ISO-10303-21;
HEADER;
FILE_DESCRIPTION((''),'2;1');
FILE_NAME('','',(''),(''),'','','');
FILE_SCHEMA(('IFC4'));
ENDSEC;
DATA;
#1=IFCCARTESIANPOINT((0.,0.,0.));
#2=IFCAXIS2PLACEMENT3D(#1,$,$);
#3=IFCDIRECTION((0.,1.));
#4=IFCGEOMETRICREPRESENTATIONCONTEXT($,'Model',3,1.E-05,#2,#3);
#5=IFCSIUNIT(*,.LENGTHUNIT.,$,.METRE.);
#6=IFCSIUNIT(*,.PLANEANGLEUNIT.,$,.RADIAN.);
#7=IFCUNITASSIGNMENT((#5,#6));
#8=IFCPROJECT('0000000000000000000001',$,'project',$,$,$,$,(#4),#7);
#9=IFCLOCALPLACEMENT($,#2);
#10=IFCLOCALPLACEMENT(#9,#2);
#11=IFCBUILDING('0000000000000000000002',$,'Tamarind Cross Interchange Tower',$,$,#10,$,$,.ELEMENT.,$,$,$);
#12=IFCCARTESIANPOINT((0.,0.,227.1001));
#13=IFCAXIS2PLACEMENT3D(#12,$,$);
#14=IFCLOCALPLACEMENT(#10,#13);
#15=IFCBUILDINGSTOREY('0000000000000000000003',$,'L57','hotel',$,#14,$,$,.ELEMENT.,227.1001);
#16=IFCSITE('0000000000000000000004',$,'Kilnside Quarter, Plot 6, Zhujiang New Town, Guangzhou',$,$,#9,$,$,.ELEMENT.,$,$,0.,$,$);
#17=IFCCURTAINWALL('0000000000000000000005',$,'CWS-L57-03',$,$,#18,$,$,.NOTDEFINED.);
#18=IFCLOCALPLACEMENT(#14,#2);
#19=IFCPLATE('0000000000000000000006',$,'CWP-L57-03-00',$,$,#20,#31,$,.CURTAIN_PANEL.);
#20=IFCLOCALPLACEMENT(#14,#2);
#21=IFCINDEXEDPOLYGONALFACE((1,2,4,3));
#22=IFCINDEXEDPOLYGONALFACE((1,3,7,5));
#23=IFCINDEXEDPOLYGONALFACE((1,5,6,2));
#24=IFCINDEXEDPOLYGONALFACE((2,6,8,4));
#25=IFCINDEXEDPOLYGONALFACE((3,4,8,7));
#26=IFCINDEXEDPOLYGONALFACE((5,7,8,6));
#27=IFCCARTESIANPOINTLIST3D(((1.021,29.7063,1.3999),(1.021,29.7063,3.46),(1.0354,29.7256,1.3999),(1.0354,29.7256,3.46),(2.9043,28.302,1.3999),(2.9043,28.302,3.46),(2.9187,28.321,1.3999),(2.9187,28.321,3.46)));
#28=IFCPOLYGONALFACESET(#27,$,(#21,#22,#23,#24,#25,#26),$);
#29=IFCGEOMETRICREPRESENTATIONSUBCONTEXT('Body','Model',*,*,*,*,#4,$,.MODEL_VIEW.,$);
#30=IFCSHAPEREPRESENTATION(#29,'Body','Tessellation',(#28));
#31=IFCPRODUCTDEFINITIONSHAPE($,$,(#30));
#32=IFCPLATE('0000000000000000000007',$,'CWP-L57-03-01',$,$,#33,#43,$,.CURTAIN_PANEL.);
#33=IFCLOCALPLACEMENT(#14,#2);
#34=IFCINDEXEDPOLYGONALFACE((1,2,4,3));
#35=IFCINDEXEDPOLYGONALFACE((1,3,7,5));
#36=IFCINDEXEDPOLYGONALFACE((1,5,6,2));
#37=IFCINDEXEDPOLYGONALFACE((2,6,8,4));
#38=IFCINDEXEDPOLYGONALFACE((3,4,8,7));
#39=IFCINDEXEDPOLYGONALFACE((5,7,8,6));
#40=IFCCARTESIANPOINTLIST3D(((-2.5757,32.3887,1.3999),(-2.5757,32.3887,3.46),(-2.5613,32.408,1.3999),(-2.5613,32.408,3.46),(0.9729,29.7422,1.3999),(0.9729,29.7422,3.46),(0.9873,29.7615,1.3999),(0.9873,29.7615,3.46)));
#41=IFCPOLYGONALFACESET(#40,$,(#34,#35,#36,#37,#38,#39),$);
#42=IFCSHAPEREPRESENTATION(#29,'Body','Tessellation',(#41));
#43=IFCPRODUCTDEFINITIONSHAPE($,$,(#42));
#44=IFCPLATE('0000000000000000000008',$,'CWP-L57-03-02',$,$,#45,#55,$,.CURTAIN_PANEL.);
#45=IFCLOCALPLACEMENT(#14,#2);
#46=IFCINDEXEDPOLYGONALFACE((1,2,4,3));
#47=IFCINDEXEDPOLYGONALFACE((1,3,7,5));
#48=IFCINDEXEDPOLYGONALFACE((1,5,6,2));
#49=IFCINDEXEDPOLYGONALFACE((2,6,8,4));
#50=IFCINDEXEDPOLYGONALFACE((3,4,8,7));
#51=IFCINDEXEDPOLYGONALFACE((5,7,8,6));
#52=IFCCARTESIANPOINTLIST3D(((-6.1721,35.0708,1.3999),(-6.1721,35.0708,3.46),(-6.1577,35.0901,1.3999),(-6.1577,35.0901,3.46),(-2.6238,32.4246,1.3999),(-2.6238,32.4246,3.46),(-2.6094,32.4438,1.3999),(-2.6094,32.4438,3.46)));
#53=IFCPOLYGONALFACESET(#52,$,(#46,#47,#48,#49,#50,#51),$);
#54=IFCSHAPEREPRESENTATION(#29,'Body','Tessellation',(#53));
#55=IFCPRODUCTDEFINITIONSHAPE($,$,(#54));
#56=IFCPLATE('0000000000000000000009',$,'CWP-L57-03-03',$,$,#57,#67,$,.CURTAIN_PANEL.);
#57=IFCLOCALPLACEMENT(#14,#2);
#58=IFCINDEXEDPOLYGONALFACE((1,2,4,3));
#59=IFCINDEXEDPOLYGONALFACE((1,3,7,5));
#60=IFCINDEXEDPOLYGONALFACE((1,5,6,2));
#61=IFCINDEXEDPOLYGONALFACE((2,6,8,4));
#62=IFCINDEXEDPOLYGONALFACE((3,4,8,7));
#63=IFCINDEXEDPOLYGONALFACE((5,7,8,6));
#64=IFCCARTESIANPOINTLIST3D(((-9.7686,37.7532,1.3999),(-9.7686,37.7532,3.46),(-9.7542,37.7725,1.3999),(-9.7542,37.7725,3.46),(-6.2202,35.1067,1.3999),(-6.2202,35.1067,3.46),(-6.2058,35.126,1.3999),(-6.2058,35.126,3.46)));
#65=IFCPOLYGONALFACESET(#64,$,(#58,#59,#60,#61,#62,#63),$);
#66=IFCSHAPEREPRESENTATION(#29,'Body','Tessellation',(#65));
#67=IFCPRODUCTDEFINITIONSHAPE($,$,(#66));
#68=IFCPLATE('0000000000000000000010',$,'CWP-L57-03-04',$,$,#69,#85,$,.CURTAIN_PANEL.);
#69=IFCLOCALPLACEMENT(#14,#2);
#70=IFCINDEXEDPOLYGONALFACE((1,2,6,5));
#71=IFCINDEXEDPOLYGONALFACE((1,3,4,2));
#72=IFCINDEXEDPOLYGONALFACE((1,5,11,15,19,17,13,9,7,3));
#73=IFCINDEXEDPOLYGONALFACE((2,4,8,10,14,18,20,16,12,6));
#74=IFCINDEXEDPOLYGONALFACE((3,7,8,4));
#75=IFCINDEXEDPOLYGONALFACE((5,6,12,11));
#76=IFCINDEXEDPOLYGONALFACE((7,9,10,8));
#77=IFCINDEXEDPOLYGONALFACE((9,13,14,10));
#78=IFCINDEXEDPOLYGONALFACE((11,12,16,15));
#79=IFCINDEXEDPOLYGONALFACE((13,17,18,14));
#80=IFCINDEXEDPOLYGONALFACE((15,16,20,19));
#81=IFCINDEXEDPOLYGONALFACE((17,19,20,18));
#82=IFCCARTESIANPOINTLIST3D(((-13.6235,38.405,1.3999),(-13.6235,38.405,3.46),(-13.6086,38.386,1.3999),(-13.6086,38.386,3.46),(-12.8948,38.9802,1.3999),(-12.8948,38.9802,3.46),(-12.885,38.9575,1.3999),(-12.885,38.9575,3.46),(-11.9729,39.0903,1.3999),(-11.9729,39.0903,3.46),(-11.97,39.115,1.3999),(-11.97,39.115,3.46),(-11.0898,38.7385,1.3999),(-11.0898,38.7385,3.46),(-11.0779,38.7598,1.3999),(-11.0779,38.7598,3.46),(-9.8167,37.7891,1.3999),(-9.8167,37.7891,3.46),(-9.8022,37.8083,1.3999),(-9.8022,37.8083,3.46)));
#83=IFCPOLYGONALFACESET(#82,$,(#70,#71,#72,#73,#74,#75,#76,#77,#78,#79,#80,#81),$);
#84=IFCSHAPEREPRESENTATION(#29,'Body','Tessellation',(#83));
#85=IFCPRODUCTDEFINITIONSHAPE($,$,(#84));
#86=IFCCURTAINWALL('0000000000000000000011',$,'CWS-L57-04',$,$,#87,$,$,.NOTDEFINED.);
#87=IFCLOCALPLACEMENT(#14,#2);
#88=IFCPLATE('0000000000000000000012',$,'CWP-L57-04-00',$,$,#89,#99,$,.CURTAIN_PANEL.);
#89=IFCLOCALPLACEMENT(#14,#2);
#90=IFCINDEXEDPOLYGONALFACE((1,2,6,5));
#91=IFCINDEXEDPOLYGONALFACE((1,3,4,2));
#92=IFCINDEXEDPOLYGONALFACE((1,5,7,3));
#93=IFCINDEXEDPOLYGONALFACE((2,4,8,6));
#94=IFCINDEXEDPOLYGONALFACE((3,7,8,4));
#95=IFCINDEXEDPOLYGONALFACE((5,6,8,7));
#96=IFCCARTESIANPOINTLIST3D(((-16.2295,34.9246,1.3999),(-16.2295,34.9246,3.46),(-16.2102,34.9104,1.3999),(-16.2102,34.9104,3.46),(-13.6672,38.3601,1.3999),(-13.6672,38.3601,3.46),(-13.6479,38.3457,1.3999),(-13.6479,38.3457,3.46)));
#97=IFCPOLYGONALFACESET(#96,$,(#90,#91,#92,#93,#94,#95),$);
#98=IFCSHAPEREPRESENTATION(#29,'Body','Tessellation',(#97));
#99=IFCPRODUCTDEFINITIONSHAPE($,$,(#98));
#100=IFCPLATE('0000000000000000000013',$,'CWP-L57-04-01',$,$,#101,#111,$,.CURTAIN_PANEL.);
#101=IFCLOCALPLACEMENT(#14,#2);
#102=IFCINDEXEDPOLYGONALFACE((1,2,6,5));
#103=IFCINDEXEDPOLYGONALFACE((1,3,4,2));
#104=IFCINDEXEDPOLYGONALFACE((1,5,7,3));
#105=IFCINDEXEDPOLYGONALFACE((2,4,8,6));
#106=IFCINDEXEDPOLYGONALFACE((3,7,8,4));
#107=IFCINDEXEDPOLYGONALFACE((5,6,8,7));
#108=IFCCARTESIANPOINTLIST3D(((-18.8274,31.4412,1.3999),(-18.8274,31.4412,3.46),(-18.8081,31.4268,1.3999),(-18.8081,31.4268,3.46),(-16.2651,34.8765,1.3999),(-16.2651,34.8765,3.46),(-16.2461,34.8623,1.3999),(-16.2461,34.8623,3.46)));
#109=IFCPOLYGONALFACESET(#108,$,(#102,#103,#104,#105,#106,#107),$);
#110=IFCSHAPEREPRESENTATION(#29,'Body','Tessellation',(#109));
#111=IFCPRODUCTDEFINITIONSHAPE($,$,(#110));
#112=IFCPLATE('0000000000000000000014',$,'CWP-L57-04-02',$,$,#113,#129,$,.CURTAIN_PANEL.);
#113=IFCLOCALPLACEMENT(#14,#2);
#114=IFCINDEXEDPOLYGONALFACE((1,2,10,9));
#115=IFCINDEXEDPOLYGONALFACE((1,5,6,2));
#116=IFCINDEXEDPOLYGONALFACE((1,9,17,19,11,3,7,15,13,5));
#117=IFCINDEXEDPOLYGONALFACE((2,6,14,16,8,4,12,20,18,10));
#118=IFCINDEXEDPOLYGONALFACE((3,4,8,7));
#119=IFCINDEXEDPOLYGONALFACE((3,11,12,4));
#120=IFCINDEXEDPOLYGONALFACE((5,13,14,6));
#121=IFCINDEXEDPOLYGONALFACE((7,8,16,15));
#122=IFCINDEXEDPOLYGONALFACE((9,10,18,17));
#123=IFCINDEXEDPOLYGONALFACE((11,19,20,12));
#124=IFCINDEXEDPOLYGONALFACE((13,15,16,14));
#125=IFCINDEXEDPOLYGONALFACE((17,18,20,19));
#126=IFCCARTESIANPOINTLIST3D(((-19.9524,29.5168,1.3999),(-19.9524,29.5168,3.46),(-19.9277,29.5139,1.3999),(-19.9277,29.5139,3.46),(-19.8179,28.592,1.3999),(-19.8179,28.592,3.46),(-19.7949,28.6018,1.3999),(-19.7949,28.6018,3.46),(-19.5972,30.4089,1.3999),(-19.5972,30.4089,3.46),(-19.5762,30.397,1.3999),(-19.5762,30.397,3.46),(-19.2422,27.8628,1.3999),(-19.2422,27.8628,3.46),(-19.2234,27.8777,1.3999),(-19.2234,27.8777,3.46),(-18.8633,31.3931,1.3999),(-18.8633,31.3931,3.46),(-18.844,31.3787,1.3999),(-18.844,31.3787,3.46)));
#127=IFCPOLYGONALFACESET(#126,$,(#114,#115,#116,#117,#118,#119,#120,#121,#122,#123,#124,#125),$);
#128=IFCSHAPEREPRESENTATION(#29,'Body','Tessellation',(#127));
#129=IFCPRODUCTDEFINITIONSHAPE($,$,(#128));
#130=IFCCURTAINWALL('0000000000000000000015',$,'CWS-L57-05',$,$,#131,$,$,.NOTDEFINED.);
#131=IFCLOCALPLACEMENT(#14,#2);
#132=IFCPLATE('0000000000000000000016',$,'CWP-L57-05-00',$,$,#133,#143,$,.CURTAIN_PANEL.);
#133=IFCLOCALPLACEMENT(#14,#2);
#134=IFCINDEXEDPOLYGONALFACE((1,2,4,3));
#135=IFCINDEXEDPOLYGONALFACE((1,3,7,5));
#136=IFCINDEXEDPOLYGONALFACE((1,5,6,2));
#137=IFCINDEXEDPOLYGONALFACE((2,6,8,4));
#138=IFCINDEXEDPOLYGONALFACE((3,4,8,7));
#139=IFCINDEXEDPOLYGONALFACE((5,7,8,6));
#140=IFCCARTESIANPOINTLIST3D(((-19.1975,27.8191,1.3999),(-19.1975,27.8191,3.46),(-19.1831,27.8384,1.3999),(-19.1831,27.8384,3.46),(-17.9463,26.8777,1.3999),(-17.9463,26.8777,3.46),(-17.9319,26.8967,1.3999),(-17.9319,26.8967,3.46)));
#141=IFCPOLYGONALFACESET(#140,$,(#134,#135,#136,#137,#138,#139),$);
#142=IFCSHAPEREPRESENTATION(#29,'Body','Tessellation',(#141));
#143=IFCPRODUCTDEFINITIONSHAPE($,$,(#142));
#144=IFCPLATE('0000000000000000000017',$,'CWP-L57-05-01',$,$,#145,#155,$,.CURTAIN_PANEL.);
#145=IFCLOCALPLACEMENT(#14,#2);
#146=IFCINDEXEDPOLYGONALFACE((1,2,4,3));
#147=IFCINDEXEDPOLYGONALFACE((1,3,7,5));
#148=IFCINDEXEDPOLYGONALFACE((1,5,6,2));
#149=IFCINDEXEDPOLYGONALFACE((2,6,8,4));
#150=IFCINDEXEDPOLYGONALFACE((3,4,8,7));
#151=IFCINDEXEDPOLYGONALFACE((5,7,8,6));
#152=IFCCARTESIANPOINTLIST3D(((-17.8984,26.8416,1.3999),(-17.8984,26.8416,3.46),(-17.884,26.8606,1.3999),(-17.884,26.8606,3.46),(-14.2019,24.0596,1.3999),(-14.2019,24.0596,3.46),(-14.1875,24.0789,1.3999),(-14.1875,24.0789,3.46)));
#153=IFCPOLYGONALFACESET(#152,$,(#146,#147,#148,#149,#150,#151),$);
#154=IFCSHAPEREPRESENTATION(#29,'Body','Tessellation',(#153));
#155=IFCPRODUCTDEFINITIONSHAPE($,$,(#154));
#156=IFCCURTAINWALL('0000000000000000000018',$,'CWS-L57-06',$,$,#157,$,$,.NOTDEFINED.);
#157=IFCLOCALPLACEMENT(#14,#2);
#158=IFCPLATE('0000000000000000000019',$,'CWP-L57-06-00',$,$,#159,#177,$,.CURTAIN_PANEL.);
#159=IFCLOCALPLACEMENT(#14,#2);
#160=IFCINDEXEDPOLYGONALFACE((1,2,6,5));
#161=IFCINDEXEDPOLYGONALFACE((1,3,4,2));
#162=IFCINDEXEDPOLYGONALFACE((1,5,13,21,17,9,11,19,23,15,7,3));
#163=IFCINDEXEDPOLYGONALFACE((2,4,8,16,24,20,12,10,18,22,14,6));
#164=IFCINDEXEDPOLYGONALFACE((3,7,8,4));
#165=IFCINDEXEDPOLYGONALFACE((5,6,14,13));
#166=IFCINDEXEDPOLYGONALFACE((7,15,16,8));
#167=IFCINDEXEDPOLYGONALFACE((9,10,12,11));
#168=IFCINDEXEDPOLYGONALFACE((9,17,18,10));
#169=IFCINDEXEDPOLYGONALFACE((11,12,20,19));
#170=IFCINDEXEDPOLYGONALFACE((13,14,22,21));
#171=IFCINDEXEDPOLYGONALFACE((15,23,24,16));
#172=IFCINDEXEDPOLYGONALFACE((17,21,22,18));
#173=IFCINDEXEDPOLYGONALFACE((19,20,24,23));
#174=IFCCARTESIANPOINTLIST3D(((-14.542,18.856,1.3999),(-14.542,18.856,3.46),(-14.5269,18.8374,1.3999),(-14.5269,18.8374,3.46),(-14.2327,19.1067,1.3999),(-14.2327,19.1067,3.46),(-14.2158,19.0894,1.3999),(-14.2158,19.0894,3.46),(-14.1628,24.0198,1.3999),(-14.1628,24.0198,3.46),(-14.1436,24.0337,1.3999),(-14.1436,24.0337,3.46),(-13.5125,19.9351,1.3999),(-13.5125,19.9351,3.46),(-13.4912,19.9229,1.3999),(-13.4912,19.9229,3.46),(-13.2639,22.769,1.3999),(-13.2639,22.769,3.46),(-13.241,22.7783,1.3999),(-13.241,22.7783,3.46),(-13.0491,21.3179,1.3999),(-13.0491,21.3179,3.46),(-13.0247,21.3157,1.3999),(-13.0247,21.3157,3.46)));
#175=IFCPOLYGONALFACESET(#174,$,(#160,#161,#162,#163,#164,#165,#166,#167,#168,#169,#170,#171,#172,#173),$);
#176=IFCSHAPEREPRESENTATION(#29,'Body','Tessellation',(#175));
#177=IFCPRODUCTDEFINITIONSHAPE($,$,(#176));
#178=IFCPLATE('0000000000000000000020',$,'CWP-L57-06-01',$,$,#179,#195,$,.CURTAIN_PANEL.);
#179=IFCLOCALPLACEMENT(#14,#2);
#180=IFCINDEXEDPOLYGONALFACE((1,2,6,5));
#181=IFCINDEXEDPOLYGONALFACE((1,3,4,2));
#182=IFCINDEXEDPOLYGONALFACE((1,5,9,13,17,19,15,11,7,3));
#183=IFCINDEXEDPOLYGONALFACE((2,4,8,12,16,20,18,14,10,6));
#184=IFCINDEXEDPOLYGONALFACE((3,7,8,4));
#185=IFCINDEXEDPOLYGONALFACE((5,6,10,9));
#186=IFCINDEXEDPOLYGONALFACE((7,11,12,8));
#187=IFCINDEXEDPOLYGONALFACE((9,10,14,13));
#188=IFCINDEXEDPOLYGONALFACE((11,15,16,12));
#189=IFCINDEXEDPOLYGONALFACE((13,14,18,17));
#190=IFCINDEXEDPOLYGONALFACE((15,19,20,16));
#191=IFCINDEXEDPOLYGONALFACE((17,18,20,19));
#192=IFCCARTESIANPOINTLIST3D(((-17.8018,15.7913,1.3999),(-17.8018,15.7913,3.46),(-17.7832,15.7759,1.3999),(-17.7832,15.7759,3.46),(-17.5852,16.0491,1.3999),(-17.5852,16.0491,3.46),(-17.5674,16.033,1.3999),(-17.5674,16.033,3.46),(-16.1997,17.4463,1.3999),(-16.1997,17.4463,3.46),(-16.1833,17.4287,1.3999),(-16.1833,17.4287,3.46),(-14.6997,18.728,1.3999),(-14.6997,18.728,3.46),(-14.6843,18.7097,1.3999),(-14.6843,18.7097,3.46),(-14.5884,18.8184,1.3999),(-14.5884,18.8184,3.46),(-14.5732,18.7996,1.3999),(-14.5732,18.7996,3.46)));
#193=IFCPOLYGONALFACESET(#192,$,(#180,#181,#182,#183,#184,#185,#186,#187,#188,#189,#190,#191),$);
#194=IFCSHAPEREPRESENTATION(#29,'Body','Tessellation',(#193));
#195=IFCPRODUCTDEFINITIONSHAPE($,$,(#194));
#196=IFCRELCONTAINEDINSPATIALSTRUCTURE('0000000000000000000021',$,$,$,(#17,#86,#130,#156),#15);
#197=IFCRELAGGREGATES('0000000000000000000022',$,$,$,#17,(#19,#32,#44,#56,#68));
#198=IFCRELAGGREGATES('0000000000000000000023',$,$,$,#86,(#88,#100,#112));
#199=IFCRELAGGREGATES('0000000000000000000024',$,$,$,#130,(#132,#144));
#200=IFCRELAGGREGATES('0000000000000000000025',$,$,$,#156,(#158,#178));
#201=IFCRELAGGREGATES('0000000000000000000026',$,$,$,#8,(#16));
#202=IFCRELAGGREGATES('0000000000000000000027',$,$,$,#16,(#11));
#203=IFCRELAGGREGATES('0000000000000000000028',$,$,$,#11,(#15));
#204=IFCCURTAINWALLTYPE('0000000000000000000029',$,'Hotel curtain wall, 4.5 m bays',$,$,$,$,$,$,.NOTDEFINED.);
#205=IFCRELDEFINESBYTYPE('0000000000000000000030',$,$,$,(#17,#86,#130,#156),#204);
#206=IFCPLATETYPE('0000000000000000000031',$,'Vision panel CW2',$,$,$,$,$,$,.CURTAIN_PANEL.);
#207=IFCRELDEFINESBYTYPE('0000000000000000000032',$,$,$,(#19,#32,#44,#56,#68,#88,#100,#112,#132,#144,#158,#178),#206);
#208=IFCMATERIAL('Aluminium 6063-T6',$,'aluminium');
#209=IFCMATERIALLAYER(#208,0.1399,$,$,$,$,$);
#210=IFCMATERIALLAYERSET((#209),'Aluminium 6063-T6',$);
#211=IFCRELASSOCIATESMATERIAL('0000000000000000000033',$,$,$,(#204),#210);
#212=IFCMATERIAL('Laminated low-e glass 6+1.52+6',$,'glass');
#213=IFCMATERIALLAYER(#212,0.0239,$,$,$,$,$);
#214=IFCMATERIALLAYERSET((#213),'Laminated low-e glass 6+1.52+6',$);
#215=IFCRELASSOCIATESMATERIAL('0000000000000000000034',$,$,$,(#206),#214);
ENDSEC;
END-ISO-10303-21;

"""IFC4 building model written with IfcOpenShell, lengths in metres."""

from ifc_helpers import new_model, si_unit, direction, frame, origin, place, context, subcontext, project, spatial, polyline, outline, extrude, material, layer, layer_set, type_object, element, aggregate, save


model = new_model("IFC4")

# Units and contexts
model_context = context("Model", 3, precision=1e-05, world=origin(), true_north=direction((0.0, 1.0)))
body_context = subcontext(model_context, "Body", "Model", "MODEL_VIEW")
ifc_project = project(units=[si_unit("LENGTHUNIT", "METRE"), si_unit("PLANEANGLEUNIT", "RADIAN")], contexts=[model_context])

# Site, building, storey
site_placement = place(None, origin())
site = spatial("IfcSite", under=ifc_project, at=site_placement, Name="Kilnside Quarter, Plot 6, Zhujiang New Town, Guangzhou", CompositionType="ELEMENT", RefElevation=0.0)
building_placement = place(site_placement, origin())
building = spatial("IfcBuilding", under=site, at=building_placement, Name="Tamarind Cross Interchange Tower", CompositionType="ELEMENT")
storey_placement = place(building_placement, frame((0.0, 0.0, 227.1001)))
storey = spatial("IfcBuildingStorey", under=building, at=storey_placement, Name="L57", Description="hotel", CompositionType="ELEMENT", Elevation=227.1001)

# Curtain walls, plates
ifc_material_1 = material(Name="Aluminium 6063-T6", Category="aluminium")
ifc_layer_1 = layer(ifc_material_1, 0.1399)
ifc_layer_set_1 = layer_set([ifc_layer_1], Name="Aluminium 6063-T6")
curtain_wall_type = type_object("IfcCurtainWallType", Name="Hotel curtain wall, 4.5 m bays", PredefinedType="NOTDEFINED", material=ifc_layer_set_1)
curtain_wall_1_placement = place(storey_placement, origin())
curtain_wall_1 = element("IfcCurtainWall", 1, at=curtain_wall_1_placement, inside=storey, type_object=curtain_wall_type, Name="CWS-L57-03", PredefinedType="NOTDEFINED")
ifc_material_2 = material(Name="Laminated low-e glass 6+1.52+6", Category="glass")
ifc_layer_2 = layer(ifc_material_2, 0.0239)
ifc_layer_set_2 = layer_set([ifc_layer_2], Name="Laminated low-e glass 6+1.52+6")
plate_type = type_object("IfcPlateType", Name="Vision panel CW2", PredefinedType="CURTAIN_PANEL", material=ifc_layer_set_2)
plate_1_placement = place(storey_placement, frame((0.0, 0.0, 1.3999)))
plate_1 = element("IfcPlate", 2, at=plate_1_placement, type_object=plate_type, Name="CWP-L57-03-00", PredefinedType="CURTAIN_PANEL", context=body_context, shape_type="SweptSolid", body=[
    extrude(outline(polyline([(2.9043, 28.302), (1.021, 29.7063), (1.0354, 29.7256), (2.9187, 28.321), (2.9043, 28.302)])), origin(), (0.0, 0.0, 1.0), 2.0601),
])
plate_2_placement = place(storey_placement, frame((0.0, 0.0, 1.3999)))
plate_2 = element("IfcPlate", 3, at=plate_2_placement, type_object=plate_type, Name="CWP-L57-03-01", PredefinedType="CURTAIN_PANEL", context=body_context, shape_type="SweptSolid", body=[
    extrude(outline(polyline([(0.9729, 29.7422), (-2.5757, 32.3887), (-2.5613, 32.408), (0.9873, 29.7615), (0.9729, 29.7422)])), origin(), (0.0, 0.0, 1.0), 2.0601),
])
plate_3_placement = place(storey_placement, frame((0.0, 0.0, 1.3999)))
plate_3 = element("IfcPlate", 4, at=plate_3_placement, type_object=plate_type, Name="CWP-L57-03-02", PredefinedType="CURTAIN_PANEL", context=body_context, shape_type="SweptSolid", body=[
    extrude(outline(polyline([(-2.6238, 32.4246), (-6.1721, 35.0708), (-6.1577, 35.0901), (-2.6094, 32.4438), (-2.6238, 32.4246)])), origin(), (0.0, 0.0, 1.0), 2.0601),
])
plate_4_placement = place(storey_placement, frame((0.0, 0.0, 1.3999)))
plate_4 = element("IfcPlate", 5, at=plate_4_placement, type_object=plate_type, Name="CWP-L57-03-03", PredefinedType="CURTAIN_PANEL", context=body_context, shape_type="SweptSolid", body=[
    extrude(outline(polyline([(-6.2202, 35.1067), (-9.7686, 37.7532), (-9.7542, 37.7725), (-6.2058, 35.126), (-6.2202, 35.1067)])), origin(), (0.0, 0.0, 1.0), 2.0601),
])
plate_5_placement = place(storey_placement, frame((0.0, 0.0, 1.3999)))
plate_5 = element("IfcPlate", 6, at=plate_5_placement, type_object=plate_type, Name="CWP-L57-03-04", PredefinedType="CURTAIN_PANEL", context=body_context, shape_type="SweptSolid", body=[
    extrude(outline(polyline([(-9.8167, 37.7891), (-11.0898, 38.7385), (-11.9729, 39.0903), (-12.885, 38.9575), (-13.6086, 38.386), (-13.6235, 38.405), (-12.8948, 38.9802), (-11.97, 39.115), (-11.0779, 38.7598), (-9.8022, 37.8083), (-9.8167, 37.7891)])), origin(), (0.0, 0.0, 1.0), 2.0601),
])
aggregate(curtain_wall_1, [plate_1, plate_2, plate_3, plate_4, plate_5])
curtain_wall_2_placement = place(storey_placement, origin())
curtain_wall_2 = element("IfcCurtainWall", 7, at=curtain_wall_2_placement, inside=storey, type_object=curtain_wall_type, Name="CWS-L57-04", PredefinedType="NOTDEFINED")
plate_6_placement = place(storey_placement, frame((0.0, 0.0, 1.3999)))
plate_6 = element("IfcPlate", 8, at=plate_6_placement, type_object=plate_type, Name="CWP-L57-04-00", PredefinedType="CURTAIN_PANEL", context=body_context, shape_type="SweptSolid", body=[
    extrude(outline(polyline([(-13.6479, 38.3457), (-16.2102, 34.9104), (-16.2295, 34.9246), (-13.6672, 38.3601), (-13.6479, 38.3457)])), origin(), (0.0, 0.0, 1.0), 2.0601),
])
plate_7_placement = place(storey_placement, frame((0.0, 0.0, 1.3999)))
plate_7 = element("IfcPlate", 9, at=plate_7_placement, type_object=plate_type, Name="CWP-L57-04-01", PredefinedType="CURTAIN_PANEL", context=body_context, shape_type="SweptSolid", body=[
    extrude(outline(polyline([(-16.2461, 34.8623), (-18.8081, 31.4268), (-18.8274, 31.4412), (-16.2651, 34.8765), (-16.2461, 34.8623)])), origin(), (0.0, 0.0, 1.0), 2.0601),
])
plate_8_placement = place(storey_placement, frame((0.0, 0.0, 1.3999)))
plate_8 = element("IfcPlate", 10, at=plate_8_placement, type_object=plate_type, Name="CWP-L57-04-02", PredefinedType="CURTAIN_PANEL", context=body_context, shape_type="SweptSolid", body=[
    extrude(outline(polyline([(-18.844, 31.3787), (-19.5762, 30.397), (-19.9277, 29.5139), (-19.7949, 28.6018), (-19.2234, 27.8777), (-19.2422, 27.8628), (-19.8179, 28.592), (-19.9524, 29.5168), (-19.5972, 30.4089), (-18.8633, 31.3931), (-18.844, 31.3787)])), origin(), (0.0, 0.0, 1.0), 2.0601),
])
aggregate(curtain_wall_2, [plate_6, plate_7, plate_8])
curtain_wall_3_placement = place(storey_placement, origin())
curtain_wall_3 = element("IfcCurtainWall", 11, at=curtain_wall_3_placement, inside=storey, type_object=curtain_wall_type, Name="CWS-L57-05", PredefinedType="NOTDEFINED")
plate_9_placement = place(storey_placement, frame((0.0, 0.0, 1.3999)))
plate_9 = element("IfcPlate", 12, at=plate_9_placement, type_object=plate_type, Name="CWP-L57-05-00", PredefinedType="CURTAIN_PANEL", context=body_context, shape_type="SweptSolid", body=[
    extrude(outline(polyline([(-19.1831, 27.8384), (-17.9319, 26.8967), (-17.9463, 26.8777), (-19.1975, 27.8191), (-19.1831, 27.8384)])), origin(), (0.0, 0.0, 1.0), 2.0601),
])
plate_10_placement = place(storey_placement, frame((0.0, 0.0, 1.3999)))
plate_10 = element("IfcPlate", 13, at=plate_10_placement, type_object=plate_type, Name="CWP-L57-05-01", PredefinedType="CURTAIN_PANEL", context=body_context, shape_type="SweptSolid", body=[
    extrude(outline(polyline([(-17.884, 26.8606), (-14.1875, 24.0789), (-14.2019, 24.0596), (-17.8984, 26.8416), (-17.884, 26.8606)])), origin(), (0.0, 0.0, 1.0), 2.0601),
])
aggregate(curtain_wall_3, [plate_9, plate_10])
curtain_wall_4_placement = place(storey_placement, origin())
curtain_wall_4 = element("IfcCurtainWall", 14, at=curtain_wall_4_placement, inside=storey, type_object=curtain_wall_type, Name="CWS-L57-06", PredefinedType="NOTDEFINED")
plate_11_placement = place(storey_placement, frame((0.0, 0.0, 1.3999)))
plate_11 = element("IfcPlate", 15, at=plate_11_placement, type_object=plate_type, Name="CWP-L57-06-00", PredefinedType="CURTAIN_PANEL", context=body_context, shape_type="SweptSolid", body=[
    extrude(outline(polyline([(-14.1436, 24.0337), (-13.241, 22.7783), (-13.0247, 21.3157), (-13.4912, 19.9229), (-14.2158, 19.0894), (-14.5269, 18.8374), (-14.542, 18.856), (-14.2327, 19.1067), (-13.5125, 19.9351), (-13.0491, 21.3179), (-13.2639, 22.769), (-14.1628, 24.0198), (-14.1436, 24.0337)])), origin(), (0.0, 0.0, 1.0), 2.0601),
])
plate_12_placement = place(storey_placement, frame((0.0, 0.0, 1.3999)))
plate_12 = element("IfcPlate", 16, at=plate_12_placement, type_object=plate_type, Name="CWP-L57-06-01", PredefinedType="CURTAIN_PANEL", context=body_context, shape_type="SweptSolid", body=[
    extrude(outline(polyline([(-14.5732, 18.7996), (-14.6843, 18.7097), (-16.1833, 17.4287), (-17.5674, 16.033), (-17.7832, 15.7759), (-17.8018, 15.7913), (-17.5852, 16.0491), (-16.1997, 17.4463), (-14.6997, 18.728), (-14.5884, 18.8184), (-14.5732, 18.7996)])), origin(), (0.0, 0.0, 1.0), 2.0601),
])
aggregate(curtain_wall_4, [plate_11, plate_12])

save(model, "model.ifc")
